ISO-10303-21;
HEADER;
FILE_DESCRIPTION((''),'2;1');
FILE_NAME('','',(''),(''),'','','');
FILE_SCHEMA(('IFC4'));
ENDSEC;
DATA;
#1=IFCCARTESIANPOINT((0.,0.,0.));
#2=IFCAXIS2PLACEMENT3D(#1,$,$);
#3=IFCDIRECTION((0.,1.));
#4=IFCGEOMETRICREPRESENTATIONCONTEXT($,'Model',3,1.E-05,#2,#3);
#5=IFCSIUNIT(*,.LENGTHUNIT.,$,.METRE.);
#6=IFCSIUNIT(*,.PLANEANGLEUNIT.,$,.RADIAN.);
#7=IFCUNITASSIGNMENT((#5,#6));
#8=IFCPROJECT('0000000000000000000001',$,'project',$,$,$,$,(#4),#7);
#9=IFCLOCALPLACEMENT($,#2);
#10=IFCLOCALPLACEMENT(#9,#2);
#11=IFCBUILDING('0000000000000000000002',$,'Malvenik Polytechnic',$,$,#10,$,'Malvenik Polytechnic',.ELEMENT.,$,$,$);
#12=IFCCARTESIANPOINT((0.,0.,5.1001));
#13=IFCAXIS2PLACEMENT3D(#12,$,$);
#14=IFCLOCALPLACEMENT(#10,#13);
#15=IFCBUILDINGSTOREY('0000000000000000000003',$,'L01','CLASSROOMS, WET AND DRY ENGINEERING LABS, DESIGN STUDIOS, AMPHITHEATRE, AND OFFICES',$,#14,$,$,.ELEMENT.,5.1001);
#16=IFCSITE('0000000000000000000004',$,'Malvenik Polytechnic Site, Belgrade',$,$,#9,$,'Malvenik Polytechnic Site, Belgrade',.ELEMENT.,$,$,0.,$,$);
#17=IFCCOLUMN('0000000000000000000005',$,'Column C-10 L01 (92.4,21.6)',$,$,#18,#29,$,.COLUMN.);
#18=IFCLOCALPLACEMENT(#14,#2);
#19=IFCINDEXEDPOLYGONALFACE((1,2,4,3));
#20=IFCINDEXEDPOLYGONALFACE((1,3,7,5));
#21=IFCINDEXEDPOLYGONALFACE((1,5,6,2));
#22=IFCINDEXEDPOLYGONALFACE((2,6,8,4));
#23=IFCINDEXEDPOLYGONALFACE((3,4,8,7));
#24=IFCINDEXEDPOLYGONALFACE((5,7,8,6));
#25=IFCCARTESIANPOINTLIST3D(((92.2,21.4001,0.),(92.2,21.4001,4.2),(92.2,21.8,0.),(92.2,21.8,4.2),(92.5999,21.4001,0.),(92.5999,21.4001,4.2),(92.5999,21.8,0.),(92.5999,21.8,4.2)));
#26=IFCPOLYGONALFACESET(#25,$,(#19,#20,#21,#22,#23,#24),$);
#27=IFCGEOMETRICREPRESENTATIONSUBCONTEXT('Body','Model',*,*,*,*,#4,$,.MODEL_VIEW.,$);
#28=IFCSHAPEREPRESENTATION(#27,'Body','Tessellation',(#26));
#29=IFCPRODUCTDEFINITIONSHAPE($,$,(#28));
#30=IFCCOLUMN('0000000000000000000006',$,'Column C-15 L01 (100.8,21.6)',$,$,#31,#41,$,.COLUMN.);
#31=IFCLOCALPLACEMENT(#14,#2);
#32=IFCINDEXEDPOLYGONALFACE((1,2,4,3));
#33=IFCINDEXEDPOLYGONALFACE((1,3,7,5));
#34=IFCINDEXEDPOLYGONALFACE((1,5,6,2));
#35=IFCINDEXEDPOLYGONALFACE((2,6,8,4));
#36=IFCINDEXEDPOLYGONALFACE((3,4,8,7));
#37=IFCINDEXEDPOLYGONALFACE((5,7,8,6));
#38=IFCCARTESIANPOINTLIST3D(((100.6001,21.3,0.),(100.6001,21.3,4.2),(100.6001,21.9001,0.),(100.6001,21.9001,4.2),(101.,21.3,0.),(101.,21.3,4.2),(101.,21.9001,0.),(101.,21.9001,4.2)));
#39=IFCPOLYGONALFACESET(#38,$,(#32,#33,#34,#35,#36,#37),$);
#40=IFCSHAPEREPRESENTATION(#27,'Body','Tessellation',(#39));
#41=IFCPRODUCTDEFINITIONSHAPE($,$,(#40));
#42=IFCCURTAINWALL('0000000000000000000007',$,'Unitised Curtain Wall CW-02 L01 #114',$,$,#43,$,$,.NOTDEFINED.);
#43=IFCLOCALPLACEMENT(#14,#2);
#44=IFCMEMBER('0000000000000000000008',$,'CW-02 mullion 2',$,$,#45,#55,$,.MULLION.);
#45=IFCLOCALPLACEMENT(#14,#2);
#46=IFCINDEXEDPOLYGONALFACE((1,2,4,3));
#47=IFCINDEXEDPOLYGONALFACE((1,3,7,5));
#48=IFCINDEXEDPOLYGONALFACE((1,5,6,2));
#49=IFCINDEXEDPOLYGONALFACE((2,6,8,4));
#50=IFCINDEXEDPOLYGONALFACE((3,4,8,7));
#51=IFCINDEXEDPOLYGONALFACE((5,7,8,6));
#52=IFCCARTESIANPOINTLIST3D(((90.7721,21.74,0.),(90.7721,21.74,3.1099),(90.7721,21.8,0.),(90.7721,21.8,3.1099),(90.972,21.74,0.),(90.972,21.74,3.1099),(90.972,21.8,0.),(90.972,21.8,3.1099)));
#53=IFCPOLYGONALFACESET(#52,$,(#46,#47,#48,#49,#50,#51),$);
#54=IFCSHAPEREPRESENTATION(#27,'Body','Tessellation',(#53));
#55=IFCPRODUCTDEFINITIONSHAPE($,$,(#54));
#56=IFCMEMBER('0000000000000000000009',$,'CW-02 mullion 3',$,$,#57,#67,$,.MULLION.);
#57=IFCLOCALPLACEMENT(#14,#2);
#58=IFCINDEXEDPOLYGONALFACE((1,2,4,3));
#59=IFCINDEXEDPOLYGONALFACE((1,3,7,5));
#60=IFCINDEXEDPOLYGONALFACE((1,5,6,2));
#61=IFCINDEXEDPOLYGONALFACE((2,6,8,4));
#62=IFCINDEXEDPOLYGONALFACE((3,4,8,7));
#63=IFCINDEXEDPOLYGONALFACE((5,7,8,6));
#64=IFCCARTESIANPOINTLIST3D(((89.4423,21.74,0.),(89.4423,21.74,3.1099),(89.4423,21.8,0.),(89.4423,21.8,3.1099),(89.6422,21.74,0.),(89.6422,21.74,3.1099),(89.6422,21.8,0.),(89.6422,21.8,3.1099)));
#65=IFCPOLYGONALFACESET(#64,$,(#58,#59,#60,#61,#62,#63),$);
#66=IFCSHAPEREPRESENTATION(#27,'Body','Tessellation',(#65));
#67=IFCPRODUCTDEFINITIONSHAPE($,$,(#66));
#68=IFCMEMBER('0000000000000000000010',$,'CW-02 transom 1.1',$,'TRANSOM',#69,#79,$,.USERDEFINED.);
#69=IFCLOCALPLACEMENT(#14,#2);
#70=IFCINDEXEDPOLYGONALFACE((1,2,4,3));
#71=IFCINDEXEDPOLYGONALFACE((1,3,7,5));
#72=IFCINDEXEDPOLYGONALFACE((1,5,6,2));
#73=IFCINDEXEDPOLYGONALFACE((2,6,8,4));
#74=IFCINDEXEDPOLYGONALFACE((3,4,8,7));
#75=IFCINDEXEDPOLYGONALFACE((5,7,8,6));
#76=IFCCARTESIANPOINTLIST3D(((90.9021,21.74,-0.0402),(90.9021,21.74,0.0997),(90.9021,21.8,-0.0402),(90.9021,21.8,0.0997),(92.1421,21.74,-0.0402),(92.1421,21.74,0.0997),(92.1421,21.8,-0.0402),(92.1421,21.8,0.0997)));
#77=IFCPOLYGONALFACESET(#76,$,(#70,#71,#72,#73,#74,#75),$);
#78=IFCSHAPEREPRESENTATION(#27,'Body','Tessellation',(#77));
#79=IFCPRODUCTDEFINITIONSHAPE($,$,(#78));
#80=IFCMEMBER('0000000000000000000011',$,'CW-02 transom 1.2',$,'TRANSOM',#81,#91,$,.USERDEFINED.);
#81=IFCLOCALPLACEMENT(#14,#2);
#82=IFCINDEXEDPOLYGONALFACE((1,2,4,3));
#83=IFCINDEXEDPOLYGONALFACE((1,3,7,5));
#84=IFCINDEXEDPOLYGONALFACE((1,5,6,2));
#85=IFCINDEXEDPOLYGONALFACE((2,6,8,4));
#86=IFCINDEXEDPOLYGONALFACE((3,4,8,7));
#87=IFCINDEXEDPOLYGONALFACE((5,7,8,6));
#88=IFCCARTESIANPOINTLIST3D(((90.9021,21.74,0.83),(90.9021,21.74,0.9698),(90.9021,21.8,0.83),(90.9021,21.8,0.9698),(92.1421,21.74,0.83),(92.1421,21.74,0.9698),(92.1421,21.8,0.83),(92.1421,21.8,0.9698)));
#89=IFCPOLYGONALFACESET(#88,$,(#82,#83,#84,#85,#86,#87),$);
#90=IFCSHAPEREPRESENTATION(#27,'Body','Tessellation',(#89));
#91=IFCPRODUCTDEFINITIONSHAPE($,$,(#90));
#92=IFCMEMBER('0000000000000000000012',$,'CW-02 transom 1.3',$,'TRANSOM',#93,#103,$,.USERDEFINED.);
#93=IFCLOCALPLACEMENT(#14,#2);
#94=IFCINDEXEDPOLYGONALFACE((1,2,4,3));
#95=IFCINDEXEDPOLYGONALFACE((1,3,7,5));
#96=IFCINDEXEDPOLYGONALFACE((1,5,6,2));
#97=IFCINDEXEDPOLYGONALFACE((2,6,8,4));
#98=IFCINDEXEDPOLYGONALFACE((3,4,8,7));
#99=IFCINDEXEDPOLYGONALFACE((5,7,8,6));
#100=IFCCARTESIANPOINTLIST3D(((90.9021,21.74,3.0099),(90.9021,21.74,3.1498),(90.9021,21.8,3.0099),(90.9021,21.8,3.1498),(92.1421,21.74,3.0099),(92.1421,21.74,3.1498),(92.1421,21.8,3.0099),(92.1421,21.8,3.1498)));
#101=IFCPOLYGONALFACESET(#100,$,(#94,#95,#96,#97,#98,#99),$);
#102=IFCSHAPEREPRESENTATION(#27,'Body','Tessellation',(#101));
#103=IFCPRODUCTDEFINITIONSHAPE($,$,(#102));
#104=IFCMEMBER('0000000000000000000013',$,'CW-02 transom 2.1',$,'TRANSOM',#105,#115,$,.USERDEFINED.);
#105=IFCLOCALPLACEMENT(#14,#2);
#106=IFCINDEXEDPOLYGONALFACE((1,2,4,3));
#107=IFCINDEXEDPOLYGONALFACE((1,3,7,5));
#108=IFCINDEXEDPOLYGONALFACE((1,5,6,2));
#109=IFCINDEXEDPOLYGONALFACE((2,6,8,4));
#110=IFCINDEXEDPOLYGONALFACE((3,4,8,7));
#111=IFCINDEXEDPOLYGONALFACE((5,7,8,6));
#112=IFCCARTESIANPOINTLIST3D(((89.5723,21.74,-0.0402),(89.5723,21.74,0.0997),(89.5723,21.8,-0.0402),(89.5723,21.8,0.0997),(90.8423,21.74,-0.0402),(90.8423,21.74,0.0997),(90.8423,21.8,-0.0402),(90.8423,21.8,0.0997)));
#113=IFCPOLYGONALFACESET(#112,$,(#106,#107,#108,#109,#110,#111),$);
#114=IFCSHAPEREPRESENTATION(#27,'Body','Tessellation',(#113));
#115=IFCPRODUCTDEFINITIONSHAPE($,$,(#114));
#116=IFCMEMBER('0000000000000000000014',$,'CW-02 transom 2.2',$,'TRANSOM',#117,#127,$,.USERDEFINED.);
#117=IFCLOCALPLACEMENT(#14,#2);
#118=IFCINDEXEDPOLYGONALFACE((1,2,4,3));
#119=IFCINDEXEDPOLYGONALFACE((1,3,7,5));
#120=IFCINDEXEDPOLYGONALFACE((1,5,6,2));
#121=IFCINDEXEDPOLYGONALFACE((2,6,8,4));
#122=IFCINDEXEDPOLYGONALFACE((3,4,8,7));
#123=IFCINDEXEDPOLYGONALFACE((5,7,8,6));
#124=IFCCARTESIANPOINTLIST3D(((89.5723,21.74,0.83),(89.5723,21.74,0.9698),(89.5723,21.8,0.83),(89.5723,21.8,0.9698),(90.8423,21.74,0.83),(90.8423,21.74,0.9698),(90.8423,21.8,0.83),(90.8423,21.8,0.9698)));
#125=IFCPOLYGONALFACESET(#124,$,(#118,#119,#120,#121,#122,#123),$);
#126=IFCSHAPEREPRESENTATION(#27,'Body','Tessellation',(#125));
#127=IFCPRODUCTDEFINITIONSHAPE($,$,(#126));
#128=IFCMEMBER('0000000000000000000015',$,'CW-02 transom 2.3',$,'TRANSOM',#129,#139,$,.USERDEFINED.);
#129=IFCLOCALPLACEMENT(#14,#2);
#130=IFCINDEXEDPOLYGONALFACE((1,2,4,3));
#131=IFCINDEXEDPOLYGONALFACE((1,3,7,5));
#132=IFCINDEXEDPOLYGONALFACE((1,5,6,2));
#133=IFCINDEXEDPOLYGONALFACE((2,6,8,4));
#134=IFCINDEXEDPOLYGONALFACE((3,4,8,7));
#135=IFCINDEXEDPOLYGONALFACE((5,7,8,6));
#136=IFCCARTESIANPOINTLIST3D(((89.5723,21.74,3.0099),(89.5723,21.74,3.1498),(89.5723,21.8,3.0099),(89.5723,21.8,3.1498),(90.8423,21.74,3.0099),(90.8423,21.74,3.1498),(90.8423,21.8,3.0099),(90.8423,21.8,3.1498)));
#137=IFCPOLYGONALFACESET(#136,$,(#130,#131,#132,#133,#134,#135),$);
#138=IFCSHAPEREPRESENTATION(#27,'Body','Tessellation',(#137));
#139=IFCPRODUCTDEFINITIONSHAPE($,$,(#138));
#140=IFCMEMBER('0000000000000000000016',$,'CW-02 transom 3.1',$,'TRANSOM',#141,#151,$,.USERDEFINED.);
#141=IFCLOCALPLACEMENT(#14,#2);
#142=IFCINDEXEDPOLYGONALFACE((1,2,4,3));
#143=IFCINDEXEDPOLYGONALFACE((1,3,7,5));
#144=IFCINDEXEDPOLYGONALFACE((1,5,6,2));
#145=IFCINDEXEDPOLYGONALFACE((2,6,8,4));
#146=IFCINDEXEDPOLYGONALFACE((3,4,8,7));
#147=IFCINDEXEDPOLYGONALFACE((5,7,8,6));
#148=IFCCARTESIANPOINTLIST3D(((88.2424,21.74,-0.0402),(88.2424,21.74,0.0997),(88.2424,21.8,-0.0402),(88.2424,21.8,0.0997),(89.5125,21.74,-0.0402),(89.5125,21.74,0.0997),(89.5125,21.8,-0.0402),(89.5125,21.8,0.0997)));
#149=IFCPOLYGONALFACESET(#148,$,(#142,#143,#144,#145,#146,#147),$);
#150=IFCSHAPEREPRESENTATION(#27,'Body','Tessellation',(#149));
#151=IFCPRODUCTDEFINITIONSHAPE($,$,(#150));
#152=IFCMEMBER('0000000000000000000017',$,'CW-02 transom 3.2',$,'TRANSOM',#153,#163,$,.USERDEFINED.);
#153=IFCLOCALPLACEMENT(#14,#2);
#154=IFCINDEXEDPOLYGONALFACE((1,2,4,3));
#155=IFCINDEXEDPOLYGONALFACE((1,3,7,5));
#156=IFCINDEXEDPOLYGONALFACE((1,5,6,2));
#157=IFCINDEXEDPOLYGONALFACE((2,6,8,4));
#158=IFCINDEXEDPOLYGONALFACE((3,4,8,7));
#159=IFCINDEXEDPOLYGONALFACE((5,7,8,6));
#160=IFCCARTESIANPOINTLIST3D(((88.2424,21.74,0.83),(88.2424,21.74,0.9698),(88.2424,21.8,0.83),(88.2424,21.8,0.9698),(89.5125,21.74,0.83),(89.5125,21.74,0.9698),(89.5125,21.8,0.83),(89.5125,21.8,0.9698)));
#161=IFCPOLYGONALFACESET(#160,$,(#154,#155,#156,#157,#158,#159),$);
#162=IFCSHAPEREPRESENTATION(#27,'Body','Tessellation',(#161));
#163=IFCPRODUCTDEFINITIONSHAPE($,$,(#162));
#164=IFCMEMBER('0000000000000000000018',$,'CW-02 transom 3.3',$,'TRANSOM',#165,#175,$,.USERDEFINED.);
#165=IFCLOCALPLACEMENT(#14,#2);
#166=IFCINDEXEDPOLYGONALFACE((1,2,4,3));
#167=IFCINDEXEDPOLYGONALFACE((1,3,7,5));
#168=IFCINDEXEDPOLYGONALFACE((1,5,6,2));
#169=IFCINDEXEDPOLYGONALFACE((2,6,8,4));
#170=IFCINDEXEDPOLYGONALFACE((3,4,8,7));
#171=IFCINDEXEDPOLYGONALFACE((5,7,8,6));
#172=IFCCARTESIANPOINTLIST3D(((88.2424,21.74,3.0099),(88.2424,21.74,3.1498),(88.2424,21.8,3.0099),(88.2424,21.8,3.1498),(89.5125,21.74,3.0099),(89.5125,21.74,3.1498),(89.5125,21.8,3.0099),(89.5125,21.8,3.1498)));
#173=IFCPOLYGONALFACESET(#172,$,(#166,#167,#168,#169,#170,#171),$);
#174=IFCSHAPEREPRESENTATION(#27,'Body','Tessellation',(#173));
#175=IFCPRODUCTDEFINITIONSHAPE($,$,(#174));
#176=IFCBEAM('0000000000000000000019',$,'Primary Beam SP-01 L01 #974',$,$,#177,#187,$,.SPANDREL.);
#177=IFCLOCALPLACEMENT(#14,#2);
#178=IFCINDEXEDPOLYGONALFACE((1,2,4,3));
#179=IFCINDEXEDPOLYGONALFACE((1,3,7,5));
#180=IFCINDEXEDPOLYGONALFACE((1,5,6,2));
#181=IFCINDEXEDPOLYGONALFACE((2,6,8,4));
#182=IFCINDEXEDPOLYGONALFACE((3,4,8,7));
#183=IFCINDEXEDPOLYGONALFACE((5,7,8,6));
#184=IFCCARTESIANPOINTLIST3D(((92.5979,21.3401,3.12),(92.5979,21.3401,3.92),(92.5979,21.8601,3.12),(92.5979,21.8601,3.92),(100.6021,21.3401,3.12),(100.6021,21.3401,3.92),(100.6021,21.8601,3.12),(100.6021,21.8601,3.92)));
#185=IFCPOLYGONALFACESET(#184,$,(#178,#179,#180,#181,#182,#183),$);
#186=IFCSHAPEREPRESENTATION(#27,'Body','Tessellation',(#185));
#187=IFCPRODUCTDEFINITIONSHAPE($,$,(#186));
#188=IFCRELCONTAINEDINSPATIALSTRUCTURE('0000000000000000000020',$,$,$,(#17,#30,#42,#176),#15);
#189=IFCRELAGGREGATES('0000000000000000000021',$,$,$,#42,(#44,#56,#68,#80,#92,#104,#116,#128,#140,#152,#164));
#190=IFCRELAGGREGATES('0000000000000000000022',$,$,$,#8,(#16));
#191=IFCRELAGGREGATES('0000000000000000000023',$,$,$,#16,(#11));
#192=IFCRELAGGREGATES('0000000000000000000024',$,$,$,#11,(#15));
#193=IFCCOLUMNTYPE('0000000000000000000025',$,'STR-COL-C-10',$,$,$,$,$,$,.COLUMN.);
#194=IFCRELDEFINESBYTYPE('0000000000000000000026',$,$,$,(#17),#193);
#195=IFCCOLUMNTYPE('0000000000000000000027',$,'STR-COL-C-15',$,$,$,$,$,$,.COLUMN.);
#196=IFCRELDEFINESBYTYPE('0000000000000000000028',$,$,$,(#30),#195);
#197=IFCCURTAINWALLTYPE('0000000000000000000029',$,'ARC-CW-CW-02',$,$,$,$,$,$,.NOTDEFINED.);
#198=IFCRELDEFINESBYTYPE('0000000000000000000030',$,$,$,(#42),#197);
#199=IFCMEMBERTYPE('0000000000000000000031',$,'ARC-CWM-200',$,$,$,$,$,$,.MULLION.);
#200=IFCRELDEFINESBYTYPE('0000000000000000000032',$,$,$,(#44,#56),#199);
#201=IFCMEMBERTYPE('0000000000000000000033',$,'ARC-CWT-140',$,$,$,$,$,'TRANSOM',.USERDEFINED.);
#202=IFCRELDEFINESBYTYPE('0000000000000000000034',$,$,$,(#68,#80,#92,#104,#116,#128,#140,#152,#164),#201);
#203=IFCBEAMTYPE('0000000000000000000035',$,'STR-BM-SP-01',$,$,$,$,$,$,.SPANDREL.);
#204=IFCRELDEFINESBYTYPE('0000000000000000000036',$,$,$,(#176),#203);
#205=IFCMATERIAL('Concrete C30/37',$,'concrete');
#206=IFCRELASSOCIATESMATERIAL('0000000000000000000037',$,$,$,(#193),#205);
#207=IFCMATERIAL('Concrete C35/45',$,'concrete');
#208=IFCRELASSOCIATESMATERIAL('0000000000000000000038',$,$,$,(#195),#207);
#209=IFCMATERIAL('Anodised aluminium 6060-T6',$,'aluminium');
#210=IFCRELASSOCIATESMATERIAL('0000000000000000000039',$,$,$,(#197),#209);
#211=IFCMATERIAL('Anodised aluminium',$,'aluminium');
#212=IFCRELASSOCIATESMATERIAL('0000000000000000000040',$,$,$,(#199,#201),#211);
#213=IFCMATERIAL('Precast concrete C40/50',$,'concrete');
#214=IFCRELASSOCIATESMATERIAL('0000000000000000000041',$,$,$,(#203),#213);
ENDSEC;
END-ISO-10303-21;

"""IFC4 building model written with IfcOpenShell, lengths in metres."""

from ifc_helpers import new_model, si_unit, direction, frame, origin, origin_2d, place, context, subcontext, project, spatial, rectangle, extrude, material, material_profile, profile_set, type_object, element, aggregate, save


model = new_model("IFC4")

# Units and contexts
model_context = context("Model", 3, precision=1e-05, world=origin(), true_north=direction((0.0, 1.0)))
body_context = subcontext(model_context, "Body", "Model", "MODEL_VIEW")
ifc_project = project(units=[si_unit("LENGTHUNIT", "METRE"), si_unit("PLANEANGLEUNIT", "RADIAN")], contexts=[model_context])

# Site, building, storey
site_placement = place(None, origin())
site = spatial("IfcSite", under=ifc_project, at=site_placement, Name="Malvenik Polytechnic Site, Belgrade", LongName="Malvenik Polytechnic Site, Belgrade", CompositionType="ELEMENT", RefElevation=0.0)
building_placement = place(site_placement, origin())
building = spatial("IfcBuilding", under=site, at=building_placement, Name="Malvenik Polytechnic", LongName="Malvenik Polytechnic", CompositionType="ELEMENT")
storey_placement = place(building_placement, frame((0.0, 0.0, 5.1001)))
storey = spatial("IfcBuildingStorey", under=building, at=storey_placement, Name="L01", Description="CLASSROOMS, WET AND DRY ENGINEERING LABS, DESIGN STUDIOS, AMPHITHEATRE, AND OFFICES", CompositionType="ELEMENT", Elevation=5.1001)

# Columns
ifc_material_1 = material(Name="Concrete C30/37", Category="concrete")
ifc_material_profile_1 = material_profile(ifc_material_1, rectangle(XDim=0.3999, YDim=0.3999, at=origin_2d()), Name="RC COL 400x400")
ifc_profile_set_1 = profile_set([ifc_material_profile_1], Name="Concrete C30/37")
column_type_1 = type_object("IfcColumnType", Name="STR-COL-C-10", PredefinedType="COLUMN", material=ifc_profile_set_1)
column_1_placement = place(storey_placement, frame((92.3999, 21.6001, 0.0), z_axis=(0.0, 0.0, 1.0), x_axis=(1.0, 0.0, 0.0)))
element("IfcColumn", 1, at=column_1_placement, inside=storey, type_object=column_type_1, Name="Column C-10 L01 (92.4,21.6)", PredefinedType="COLUMN", context=body_context, shape_type="SweptSolid", body=[
    extrude(rectangle(XDim=0.3999, YDim=0.3999, at=origin_2d()), origin(), (0.0, 0.0, 1.0), 4.2),
])
ifc_material_2 = material(Name="Concrete C35/45", Category="concrete")
ifc_material_profile_2 = material_profile(ifc_material_2, rectangle(XDim=0.3999, YDim=0.6001, at=origin_2d()), Name="RC COL 600x400")
ifc_profile_set_2 = profile_set([ifc_material_profile_2], Name="Concrete C35/45")
column_type_2 = type_object("IfcColumnType", Name="STR-COL-C-15", PredefinedType="COLUMN", material=ifc_profile_set_2)
column_2_placement = place(storey_placement, frame((100.8, 21.6001, 0.0), z_axis=(0.0, 0.0, 1.0), x_axis=(1.0, 0.0, 0.0)))
element("IfcColumn", 2, at=column_2_placement, inside=storey, type_object=column_type_2, Name="Column C-15 L01 (100.8,21.6)", PredefinedType="COLUMN", context=body_context, shape_type="SweptSolid", body=[
    extrude(rectangle(XDim=0.3999, YDim=0.6001, at=origin_2d()), origin(), (0.0, 0.0, 1.0), 4.2),
])

# Curtain wall, members
ifc_material_3 = material(Name="Anodised aluminium 6060-T6", Category="aluminium")
curtain_wall_type = type_object("IfcCurtainWallType", Name="ARC-CW-CW-02", PredefinedType="NOTDEFINED", material=ifc_material_3)
curtain_wall_placement = place(storey_placement, origin())
curtain_wall = element("IfcCurtainWall", 3, at=curtain_wall_placement, inside=storey, type_object=curtain_wall_type, Name="Unitised Curtain Wall CW-02 L01 #114", PredefinedType="NOTDEFINED")
ifc_material_4 = material(Name="Anodised aluminium", Category="aluminium")
ifc_material_profile_3 = material_profile(ifc_material_4, rectangle(XDim=0.0601, YDim=0.2, at=origin_2d()), Name="ALU MULLION 60x200")
ifc_profile_set_3 = profile_set([ifc_material_profile_3], Name="Anodised aluminium")
member_type_1 = type_object("IfcMemberType", Name="ARC-CWM-200", PredefinedType="MULLION", material=ifc_profile_set_3)
member_1_placement = place(storey_placement, frame((90.8721, 21.77, 0.0), z_axis=(0.0, 0.0, 1.0), x_axis=(0.0, -1.0, 0.0)))
member_1 = element("IfcMember", 4, at=member_1_placement, type_object=member_type_1, Name="CW-02 mullion 2", PredefinedType="MULLION", context=body_context, shape_type="SweptSolid", body=[
    extrude(rectangle(XDim=0.0601, YDim=0.2, at=origin_2d()), origin(), (0.0, 0.0, 1.0), 3.1099),
])
member_2_placement = place(storey_placement, frame((89.5422, 21.77, 0.0), z_axis=(0.0, 0.0, 1.0), x_axis=(0.0, -1.0, 0.0)))
member_2 = element("IfcMember", 5, at=member_2_placement, type_object=member_type_1, Name="CW-02 mullion 3", PredefinedType="MULLION", context=body_context, shape_type="SweptSolid", body=[
    extrude(rectangle(XDim=0.0601, YDim=0.2, at=origin_2d()), origin(), (0.0, 0.0, 1.0), 3.1099),
])
ifc_material_profile_4 = material_profile(ifc_material_4, rectangle(XDim=0.0601, YDim=0.1399, at=origin_2d()), Name="ALU TRANSOM 60x140")
ifc_profile_set_4 = profile_set([ifc_material_profile_4], Name="Anodised aluminium")
member_type_2 = type_object("IfcMemberType", Name="ARC-CWT-140", ElementType="TRANSOM", PredefinedType="USERDEFINED", material=ifc_profile_set_4)
member_3_placement = place(storey_placement, frame((92.1421, 21.77, 0.0298), z_axis=(-1.0, 0.0, 0.0), x_axis=(0.0, -1.0, 0.0)))
member_3 = element("IfcMember", 6, at=member_3_placement, type_object=member_type_2, Name="CW-02 transom 1.1", ObjectType="TRANSOM", PredefinedType="USERDEFINED", context=body_context, shape_type="SweptSolid", body=[
    extrude(rectangle(XDim=0.0601, YDim=0.1399, at=origin_2d()), origin(), (0.0, 0.0, 1.0), 1.24),
])
member_4_placement = place(storey_placement, frame((92.1421, 21.77, 0.8999), z_axis=(-1.0, 0.0, 0.0), x_axis=(0.0, -1.0, 0.0)))
member_4 = element("IfcMember", 7, at=member_4_placement, type_object=member_type_2, Name="CW-02 transom 1.2", ObjectType="TRANSOM", PredefinedType="USERDEFINED", context=body_context, shape_type="SweptSolid", body=[
    extrude(rectangle(XDim=0.0601, YDim=0.1399, at=origin_2d()), origin(), (0.0, 0.0, 1.0), 1.24),
])
member_5_placement = place(storey_placement, frame((92.1421, 21.77, 3.0798), z_axis=(-1.0, 0.0, 0.0), x_axis=(0.0, -1.0, 0.0)))
member_5 = element("IfcMember", 8, at=member_5_placement, type_object=member_type_2, Name="CW-02 transom 1.3", ObjectType="TRANSOM", PredefinedType="USERDEFINED", context=body_context, shape_type="SweptSolid", body=[
    extrude(rectangle(XDim=0.0601, YDim=0.1399, at=origin_2d()), origin(), (0.0, 0.0, 1.0), 1.24),
])
member_6_placement = place(storey_placement, frame((90.8423, 21.77, 0.0298), z_axis=(-1.0, 0.0, 0.0), x_axis=(0.0, -1.0, 0.0)))
member_6 = element("IfcMember", 9, at=member_6_placement, type_object=member_type_2, Name="CW-02 transom 2.1", ObjectType="TRANSOM", PredefinedType="USERDEFINED", context=body_context, shape_type="SweptSolid", body=[
    extrude(rectangle(XDim=0.0601, YDim=0.1399, at=origin_2d()), origin(), (0.0, 0.0, 1.0), 1.27),
])
member_7_placement = place(storey_placement, frame((90.8423, 21.77, 0.8999), z_axis=(-1.0, 0.0, 0.0), x_axis=(0.0, -1.0, 0.0)))
member_7 = element("IfcMember", 10, at=member_7_placement, type_object=member_type_2, Name="CW-02 transom 2.2", ObjectType="TRANSOM", PredefinedType="USERDEFINED", context=body_context, shape_type="SweptSolid", body=[
    extrude(rectangle(XDim=0.0601, YDim=0.1399, at=origin_2d()), origin(), (0.0, 0.0, 1.0), 1.27),
])
member_8_placement = place(storey_placement, frame((90.8423, 21.77, 3.0798), z_axis=(-1.0, 0.0, 0.0), x_axis=(0.0, -1.0, 0.0)))
member_8 = element("IfcMember", 11, at=member_8_placement, type_object=member_type_2, Name="CW-02 transom 2.3", ObjectType="TRANSOM", PredefinedType="USERDEFINED", context=body_context, shape_type="SweptSolid", body=[
    extrude(rectangle(XDim=0.0601, YDim=0.1399, at=origin_2d()), origin(), (0.0, 0.0, 1.0), 1.27),
])
member_9_placement = place(storey_placement, frame((89.5125, 21.77, 0.0298), z_axis=(-1.0, 0.0, 0.0), x_axis=(0.0, -1.0, 0.0)))
member_9 = element("IfcMember", 12, at=member_9_placement, type_object=member_type_2, Name="CW-02 transom 3.1", ObjectType="TRANSOM", PredefinedType="USERDEFINED", context=body_context, shape_type="SweptSolid", body=[
    extrude(rectangle(XDim=0.0601, YDim=0.1399, at=origin_2d()), origin(), (0.0, 0.0, 1.0), 1.27),
])
member_10_placement = place(storey_placement, frame((89.5125, 21.77, 0.8999), z_axis=(-1.0, 0.0, 0.0), x_axis=(0.0, -1.0, 0.0)))
member_10 = element("IfcMember", 13, at=member_10_placement, type_object=member_type_2, Name="CW-02 transom 3.2", ObjectType="TRANSOM", PredefinedType="USERDEFINED", context=body_context, shape_type="SweptSolid", body=[
    extrude(rectangle(XDim=0.0601, YDim=0.1399, at=origin_2d()), origin(), (0.0, 0.0, 1.0), 1.27),
])
member_11_placement = place(storey_placement, frame((89.5125, 21.77, 3.0798), z_axis=(-1.0, 0.0, 0.0), x_axis=(0.0, -1.0, 0.0)))
member_11 = element("IfcMember", 14, at=member_11_placement, type_object=member_type_2, Name="CW-02 transom 3.3", ObjectType="TRANSOM", PredefinedType="USERDEFINED", context=body_context, shape_type="SweptSolid", body=[
    extrude(rectangle(XDim=0.0601, YDim=0.1399, at=origin_2d()), origin(), (0.0, 0.0, 1.0), 1.27),
])

# Beam
ifc_material_5 = material(Name="Precast concrete C40/50", Category="concrete")
ifc_material_profile_5 = material_profile(ifc_material_5, rectangle(XDim=0.52, YDim=0.8, at=origin_2d()), Name="PC SPN 520x800")
ifc_profile_set_5 = profile_set([ifc_material_profile_5], Name="Precast concrete C40/50")
beam_type = type_object("IfcBeamType", Name="STR-BM-SP-01", PredefinedType="SPANDREL", material=ifc_profile_set_5)
beam_placement = place(storey_placement, frame((92.5979, 21.6001, 3.52), z_axis=(1.0, 0.0, 0.0), x_axis=(0.0, 1.0, 0.0)))
element("IfcBeam", 15, at=beam_placement, inside=storey, type_object=beam_type, Name="Primary Beam SP-01 L01 #974", PredefinedType="SPANDREL", context=body_context, shape_type="SweptSolid", body=[
    extrude(rectangle(XDim=0.52, YDim=0.8, at=origin_2d()), origin(), (0.0, 0.0, 1.0), 8.0042),
])

aggregate(curtain_wall, [member_1, member_2, member_3, member_4, member_5, member_6, member_7, member_8, member_9, member_10, member_11])

save(model, "model.ifc")
